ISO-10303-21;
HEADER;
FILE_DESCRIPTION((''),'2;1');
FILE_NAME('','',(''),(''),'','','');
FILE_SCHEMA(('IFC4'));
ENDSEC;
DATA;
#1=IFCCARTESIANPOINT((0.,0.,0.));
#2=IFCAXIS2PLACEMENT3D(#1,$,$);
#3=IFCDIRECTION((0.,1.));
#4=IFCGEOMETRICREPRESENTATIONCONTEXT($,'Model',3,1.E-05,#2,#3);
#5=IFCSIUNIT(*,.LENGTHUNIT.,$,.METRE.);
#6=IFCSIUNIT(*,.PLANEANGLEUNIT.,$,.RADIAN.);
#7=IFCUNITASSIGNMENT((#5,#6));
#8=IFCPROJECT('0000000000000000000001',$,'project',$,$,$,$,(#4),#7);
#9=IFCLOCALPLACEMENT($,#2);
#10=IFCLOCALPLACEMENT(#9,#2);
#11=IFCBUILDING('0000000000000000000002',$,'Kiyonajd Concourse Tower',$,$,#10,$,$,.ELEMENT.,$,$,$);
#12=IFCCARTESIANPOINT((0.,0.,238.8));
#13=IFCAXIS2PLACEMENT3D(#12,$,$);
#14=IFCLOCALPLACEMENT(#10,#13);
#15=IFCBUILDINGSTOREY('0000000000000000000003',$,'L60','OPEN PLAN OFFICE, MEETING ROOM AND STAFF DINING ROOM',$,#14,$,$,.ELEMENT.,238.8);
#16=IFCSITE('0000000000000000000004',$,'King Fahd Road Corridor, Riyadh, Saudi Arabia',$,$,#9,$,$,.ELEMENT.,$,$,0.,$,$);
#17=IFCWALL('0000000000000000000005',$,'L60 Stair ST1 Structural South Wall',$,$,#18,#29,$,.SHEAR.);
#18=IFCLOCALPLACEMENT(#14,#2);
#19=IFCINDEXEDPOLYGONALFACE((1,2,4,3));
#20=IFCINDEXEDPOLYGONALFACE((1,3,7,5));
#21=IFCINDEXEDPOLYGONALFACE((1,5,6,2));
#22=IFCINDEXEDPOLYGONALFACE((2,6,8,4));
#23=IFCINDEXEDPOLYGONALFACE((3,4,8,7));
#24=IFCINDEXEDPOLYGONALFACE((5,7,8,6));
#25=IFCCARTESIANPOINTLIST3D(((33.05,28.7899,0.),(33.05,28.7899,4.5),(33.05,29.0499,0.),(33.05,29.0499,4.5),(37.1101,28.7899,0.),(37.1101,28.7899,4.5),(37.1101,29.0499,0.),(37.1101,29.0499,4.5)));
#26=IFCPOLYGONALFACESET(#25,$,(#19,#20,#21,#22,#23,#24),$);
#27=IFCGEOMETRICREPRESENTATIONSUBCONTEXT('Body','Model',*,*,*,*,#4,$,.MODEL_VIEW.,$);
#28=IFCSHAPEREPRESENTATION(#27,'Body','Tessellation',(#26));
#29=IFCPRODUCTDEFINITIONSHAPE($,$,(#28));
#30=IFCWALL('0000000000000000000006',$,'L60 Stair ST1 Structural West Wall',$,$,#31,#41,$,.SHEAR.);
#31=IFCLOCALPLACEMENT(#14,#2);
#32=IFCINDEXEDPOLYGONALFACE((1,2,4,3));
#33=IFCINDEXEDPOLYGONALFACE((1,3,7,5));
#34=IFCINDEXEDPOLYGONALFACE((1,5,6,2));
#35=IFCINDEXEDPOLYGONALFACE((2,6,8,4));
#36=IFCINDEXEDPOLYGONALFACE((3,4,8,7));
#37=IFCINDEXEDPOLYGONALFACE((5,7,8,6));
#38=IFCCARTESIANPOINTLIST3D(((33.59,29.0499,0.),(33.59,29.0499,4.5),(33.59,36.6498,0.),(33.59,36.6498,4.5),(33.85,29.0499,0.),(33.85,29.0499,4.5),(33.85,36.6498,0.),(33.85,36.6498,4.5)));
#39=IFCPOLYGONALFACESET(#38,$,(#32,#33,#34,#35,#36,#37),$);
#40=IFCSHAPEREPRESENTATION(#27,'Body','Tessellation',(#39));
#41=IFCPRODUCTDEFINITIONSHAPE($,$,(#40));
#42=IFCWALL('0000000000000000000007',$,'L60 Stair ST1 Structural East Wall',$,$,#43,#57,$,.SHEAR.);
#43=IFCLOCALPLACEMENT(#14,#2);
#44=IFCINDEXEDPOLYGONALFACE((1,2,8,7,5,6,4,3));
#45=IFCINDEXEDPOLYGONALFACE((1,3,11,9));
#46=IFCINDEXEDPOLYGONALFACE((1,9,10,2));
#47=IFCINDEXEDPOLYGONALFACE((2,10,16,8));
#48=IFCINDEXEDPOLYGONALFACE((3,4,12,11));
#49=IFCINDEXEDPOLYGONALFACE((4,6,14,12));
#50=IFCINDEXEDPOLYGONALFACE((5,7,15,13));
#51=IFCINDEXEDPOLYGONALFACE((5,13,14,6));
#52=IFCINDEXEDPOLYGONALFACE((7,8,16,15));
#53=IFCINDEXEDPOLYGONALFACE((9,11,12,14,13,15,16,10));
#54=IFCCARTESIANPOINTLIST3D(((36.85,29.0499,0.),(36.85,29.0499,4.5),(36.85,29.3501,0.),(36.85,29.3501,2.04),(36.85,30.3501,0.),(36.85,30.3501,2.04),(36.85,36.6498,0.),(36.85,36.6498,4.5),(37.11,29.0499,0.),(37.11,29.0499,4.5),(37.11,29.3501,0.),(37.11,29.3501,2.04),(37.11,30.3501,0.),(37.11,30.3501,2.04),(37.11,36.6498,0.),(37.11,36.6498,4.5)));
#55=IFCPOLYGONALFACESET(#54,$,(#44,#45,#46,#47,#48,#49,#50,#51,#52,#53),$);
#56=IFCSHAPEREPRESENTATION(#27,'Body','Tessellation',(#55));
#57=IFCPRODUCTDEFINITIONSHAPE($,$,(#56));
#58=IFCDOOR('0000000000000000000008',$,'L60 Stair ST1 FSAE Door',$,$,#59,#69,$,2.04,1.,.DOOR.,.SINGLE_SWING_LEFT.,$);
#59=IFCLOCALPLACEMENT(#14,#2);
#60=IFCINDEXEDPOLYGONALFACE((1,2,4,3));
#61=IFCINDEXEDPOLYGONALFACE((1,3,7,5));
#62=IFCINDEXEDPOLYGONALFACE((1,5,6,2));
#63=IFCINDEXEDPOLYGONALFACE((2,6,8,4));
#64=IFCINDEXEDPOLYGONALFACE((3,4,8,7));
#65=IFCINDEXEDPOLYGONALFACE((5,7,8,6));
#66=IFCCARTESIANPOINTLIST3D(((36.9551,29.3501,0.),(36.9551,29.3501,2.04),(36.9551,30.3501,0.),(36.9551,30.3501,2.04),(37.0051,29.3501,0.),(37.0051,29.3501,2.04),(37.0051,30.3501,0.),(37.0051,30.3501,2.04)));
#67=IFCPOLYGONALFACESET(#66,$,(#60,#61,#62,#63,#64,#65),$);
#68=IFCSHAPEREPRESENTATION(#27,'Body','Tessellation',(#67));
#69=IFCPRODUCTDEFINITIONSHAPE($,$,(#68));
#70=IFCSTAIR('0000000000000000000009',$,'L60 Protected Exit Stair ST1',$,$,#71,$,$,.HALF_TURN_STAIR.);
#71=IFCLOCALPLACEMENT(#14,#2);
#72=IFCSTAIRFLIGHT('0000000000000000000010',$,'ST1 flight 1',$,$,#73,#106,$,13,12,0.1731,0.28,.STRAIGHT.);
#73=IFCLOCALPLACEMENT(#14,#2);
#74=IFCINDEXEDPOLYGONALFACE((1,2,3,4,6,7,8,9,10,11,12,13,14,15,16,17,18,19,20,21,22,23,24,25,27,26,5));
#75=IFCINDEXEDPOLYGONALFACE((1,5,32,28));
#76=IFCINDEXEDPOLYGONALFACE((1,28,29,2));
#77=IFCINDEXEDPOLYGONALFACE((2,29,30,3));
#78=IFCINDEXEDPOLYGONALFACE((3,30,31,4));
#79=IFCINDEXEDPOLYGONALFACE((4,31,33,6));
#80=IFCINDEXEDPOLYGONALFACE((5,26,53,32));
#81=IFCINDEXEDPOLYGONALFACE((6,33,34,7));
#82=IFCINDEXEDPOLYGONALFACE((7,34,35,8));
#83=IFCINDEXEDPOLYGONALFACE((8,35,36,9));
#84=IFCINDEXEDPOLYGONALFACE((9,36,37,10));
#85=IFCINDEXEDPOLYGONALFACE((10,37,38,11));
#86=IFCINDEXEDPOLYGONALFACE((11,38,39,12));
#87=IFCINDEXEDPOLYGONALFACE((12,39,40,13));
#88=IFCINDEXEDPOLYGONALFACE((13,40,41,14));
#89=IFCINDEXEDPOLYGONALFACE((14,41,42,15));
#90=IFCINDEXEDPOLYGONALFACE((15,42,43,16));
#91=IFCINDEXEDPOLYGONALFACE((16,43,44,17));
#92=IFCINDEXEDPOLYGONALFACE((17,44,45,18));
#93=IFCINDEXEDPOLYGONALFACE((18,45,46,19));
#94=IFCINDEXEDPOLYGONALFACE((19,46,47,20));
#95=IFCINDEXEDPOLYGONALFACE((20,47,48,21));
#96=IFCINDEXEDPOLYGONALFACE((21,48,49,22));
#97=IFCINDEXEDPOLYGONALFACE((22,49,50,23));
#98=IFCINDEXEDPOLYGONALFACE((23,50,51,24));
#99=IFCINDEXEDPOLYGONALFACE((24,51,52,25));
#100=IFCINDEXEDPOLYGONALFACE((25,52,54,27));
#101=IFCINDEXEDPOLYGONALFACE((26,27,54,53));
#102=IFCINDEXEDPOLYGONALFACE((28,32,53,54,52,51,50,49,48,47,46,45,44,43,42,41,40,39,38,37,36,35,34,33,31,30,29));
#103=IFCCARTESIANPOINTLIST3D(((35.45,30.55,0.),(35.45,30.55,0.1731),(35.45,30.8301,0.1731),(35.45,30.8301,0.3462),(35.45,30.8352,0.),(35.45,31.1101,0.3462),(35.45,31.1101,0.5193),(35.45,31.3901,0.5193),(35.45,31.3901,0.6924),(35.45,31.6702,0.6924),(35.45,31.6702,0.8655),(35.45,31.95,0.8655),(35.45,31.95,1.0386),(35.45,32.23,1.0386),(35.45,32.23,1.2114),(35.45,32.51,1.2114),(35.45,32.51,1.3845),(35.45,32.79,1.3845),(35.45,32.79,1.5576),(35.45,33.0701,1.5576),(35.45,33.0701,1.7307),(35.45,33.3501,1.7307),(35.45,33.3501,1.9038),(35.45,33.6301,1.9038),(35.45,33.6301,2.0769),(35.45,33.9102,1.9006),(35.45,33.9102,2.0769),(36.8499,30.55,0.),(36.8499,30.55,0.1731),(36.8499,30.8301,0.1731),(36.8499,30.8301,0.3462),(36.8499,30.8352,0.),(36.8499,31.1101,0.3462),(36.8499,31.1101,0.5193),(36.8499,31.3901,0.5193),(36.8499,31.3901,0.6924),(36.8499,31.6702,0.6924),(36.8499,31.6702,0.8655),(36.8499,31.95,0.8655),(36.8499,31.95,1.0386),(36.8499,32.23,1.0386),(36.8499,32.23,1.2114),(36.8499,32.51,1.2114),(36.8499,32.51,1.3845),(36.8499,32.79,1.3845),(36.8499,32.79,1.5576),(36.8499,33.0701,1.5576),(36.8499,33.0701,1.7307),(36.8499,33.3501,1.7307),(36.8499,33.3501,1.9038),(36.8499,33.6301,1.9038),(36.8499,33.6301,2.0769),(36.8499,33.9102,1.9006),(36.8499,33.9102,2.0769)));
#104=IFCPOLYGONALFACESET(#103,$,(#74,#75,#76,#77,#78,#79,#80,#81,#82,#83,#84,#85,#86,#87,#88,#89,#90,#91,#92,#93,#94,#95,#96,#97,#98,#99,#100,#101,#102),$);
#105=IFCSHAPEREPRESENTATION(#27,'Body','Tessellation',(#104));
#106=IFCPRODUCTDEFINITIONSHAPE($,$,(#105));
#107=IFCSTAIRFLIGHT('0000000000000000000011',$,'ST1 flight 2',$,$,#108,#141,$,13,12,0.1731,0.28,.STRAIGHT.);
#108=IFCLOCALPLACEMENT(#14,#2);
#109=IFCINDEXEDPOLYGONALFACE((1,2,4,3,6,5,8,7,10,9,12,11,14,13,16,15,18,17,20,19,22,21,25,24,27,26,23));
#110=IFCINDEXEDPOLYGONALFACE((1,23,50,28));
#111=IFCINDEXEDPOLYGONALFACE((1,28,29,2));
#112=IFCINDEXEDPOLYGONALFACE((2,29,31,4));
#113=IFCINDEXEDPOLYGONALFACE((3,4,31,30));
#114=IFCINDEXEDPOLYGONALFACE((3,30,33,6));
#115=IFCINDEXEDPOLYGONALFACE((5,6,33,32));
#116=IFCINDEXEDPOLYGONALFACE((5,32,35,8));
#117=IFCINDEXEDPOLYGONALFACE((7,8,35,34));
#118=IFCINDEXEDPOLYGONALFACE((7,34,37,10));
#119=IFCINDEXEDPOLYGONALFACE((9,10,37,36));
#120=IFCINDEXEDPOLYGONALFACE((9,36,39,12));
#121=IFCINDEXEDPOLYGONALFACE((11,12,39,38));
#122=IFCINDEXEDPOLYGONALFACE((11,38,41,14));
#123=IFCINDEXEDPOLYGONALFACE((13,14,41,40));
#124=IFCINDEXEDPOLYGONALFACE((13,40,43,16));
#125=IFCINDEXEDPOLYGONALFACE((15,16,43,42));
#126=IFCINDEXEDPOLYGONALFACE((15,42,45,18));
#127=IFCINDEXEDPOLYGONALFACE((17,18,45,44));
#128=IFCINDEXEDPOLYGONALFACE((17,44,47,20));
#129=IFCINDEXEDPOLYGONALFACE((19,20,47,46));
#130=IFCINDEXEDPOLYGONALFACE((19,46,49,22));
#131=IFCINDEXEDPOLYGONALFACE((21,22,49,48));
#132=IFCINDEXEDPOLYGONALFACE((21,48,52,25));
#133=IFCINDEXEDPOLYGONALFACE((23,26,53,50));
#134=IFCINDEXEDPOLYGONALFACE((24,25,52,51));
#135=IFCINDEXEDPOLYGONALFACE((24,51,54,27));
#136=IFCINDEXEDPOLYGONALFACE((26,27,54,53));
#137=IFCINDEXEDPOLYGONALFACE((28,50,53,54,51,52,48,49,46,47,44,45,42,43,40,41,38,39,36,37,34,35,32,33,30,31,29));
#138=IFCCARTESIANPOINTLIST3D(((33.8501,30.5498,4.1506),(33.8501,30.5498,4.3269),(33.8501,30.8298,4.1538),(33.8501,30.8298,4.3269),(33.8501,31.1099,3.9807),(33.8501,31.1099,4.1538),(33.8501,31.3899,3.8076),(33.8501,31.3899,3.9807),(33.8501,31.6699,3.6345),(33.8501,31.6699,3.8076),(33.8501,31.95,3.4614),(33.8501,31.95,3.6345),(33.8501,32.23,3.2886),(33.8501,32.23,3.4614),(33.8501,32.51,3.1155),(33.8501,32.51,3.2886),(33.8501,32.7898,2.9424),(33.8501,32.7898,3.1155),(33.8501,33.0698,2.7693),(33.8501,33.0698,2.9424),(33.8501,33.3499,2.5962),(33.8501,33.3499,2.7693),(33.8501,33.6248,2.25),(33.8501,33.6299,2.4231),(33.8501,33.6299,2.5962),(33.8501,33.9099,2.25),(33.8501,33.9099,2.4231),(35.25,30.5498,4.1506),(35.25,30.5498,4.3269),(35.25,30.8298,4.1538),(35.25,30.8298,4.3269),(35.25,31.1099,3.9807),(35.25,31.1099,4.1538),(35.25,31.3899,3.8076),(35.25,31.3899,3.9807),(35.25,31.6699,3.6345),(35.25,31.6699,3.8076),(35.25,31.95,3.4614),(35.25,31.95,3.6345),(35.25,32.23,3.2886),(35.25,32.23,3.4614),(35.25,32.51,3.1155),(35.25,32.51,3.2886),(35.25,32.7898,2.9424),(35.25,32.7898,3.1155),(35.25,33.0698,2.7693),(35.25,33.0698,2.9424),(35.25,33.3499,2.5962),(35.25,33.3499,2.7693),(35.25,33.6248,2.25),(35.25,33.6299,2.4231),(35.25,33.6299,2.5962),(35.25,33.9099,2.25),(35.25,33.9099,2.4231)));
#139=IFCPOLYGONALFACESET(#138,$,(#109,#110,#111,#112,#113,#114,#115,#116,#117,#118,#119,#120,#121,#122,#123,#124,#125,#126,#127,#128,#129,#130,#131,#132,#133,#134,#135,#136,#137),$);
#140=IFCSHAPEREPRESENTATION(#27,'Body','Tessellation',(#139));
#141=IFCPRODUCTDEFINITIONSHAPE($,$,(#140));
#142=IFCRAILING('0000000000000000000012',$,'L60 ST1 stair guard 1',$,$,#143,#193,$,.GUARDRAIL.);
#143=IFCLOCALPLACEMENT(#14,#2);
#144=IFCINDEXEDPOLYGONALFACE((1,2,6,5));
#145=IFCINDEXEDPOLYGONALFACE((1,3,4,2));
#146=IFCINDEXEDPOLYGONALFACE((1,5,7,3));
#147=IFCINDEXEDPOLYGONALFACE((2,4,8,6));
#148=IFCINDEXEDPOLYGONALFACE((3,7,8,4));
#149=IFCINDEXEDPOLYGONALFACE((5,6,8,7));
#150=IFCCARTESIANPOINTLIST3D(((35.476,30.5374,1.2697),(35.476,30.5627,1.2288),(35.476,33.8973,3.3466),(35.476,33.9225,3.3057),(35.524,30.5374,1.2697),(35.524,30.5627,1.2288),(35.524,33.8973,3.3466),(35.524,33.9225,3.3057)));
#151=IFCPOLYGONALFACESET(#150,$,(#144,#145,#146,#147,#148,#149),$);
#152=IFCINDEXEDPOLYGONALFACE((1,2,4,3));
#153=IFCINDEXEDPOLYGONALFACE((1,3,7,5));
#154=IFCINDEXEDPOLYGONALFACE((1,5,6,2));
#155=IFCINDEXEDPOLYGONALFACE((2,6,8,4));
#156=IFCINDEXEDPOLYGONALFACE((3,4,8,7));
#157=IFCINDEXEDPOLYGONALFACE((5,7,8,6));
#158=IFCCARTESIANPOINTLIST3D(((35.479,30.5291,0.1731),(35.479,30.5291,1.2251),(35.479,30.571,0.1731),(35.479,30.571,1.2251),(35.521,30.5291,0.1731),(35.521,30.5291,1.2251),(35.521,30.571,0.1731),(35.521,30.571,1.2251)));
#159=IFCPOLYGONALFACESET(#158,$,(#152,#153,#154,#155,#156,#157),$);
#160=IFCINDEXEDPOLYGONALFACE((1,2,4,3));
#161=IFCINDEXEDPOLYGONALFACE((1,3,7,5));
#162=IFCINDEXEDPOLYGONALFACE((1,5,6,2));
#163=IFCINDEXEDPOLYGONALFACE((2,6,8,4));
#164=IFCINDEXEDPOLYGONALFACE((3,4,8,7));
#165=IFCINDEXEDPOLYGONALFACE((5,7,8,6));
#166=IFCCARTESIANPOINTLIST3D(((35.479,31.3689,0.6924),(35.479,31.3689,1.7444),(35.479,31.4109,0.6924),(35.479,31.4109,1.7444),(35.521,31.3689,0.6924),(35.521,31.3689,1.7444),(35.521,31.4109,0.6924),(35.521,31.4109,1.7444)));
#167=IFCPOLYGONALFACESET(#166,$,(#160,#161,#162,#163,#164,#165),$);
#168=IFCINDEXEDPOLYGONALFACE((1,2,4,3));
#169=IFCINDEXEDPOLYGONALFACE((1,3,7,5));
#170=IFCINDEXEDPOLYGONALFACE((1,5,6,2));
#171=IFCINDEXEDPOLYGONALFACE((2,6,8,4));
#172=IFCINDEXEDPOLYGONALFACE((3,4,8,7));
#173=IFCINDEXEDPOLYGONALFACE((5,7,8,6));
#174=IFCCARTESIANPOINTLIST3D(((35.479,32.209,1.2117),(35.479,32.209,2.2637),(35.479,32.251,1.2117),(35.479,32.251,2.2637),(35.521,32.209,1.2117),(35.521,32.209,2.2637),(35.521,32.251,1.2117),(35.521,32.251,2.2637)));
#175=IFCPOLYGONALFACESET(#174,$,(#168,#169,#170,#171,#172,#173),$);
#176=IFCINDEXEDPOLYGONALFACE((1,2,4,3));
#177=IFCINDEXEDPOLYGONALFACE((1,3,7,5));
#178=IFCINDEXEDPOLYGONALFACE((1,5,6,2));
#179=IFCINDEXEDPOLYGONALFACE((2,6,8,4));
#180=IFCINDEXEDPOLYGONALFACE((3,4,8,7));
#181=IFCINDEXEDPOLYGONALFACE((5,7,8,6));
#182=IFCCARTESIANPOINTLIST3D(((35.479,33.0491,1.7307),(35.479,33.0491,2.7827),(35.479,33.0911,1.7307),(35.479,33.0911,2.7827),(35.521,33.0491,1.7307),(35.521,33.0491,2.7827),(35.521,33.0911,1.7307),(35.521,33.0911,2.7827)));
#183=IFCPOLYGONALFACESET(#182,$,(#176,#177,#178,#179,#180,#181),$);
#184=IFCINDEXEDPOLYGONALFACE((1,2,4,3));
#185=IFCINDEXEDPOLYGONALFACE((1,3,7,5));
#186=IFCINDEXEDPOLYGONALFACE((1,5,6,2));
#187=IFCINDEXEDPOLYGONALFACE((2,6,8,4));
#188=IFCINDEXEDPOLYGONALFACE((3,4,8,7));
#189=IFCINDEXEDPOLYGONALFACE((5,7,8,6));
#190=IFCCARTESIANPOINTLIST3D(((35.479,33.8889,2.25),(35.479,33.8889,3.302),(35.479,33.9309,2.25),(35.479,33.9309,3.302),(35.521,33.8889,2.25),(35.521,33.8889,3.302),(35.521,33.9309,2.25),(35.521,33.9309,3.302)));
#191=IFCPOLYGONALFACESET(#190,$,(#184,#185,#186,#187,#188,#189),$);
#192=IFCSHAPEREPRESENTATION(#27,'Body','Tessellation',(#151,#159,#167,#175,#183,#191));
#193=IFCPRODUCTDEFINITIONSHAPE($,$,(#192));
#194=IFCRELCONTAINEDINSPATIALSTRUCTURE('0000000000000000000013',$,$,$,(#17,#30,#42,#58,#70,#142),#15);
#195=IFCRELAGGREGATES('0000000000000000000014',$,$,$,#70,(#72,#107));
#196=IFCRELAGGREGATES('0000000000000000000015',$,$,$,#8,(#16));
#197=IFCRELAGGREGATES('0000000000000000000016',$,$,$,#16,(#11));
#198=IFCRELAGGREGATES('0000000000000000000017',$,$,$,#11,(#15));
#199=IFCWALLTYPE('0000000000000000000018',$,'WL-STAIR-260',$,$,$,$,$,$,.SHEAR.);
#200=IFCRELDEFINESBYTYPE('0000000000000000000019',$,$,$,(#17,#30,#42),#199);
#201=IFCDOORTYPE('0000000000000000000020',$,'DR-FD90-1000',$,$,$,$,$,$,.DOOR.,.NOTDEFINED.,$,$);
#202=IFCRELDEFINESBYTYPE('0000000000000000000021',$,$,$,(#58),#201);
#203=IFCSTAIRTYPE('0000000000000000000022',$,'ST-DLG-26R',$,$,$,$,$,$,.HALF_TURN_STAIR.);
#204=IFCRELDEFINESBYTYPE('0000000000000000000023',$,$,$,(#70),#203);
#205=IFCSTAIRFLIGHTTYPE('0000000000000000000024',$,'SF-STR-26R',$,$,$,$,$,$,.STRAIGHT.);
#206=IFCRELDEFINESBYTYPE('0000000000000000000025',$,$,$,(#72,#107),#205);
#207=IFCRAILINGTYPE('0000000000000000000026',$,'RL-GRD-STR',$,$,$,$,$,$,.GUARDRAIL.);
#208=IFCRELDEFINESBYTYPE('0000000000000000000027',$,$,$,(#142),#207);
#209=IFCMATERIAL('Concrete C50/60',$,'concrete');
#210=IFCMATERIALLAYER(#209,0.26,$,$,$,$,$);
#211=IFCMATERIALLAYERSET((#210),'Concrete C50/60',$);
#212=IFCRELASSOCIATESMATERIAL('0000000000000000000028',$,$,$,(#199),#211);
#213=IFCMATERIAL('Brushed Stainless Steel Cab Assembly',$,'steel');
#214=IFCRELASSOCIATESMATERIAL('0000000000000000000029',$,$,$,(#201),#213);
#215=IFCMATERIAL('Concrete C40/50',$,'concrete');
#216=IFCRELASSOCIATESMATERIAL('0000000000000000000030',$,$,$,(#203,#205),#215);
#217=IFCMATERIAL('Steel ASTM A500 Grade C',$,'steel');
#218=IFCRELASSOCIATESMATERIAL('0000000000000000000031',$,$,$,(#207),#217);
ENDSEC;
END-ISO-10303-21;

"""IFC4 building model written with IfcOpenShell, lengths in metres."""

from ifc_helpers import new_model, si_unit, direction, frame, frame_2d, origin, origin_2d, place, context, subcontext, project, spatial, polyline, rectangle, outline, extrude, material, layer, layer_set, type_object, element, fill, aggregate, save


model = new_model("IFC4")

# Units and contexts
model_context = context("Model", 3, precision=1e-05, world=origin(), true_north=direction((0.0, 1.0)))
body_context = subcontext(model_context, "Body", "Model", "MODEL_VIEW")
ifc_project = project(units=[si_unit("LENGTHUNIT", "METRE"), si_unit("PLANEANGLEUNIT", "RADIAN")], contexts=[model_context])

# Site, building, storey
site_placement = place(None, origin())
site = spatial("IfcSite", under=ifc_project, at=site_placement, Name="King Fahd Road Corridor, Riyadh, Saudi Arabia", CompositionType="ELEMENT", RefElevation=0.0)
building_placement = place(site_placement, origin())
building = spatial("IfcBuilding", under=site, at=building_placement, Name="Kiyonajd Concourse Tower", CompositionType="ELEMENT")
storey_placement = place(building_placement, frame((0.0, 0.0, 238.8)))
storey = spatial("IfcBuildingStorey", under=building, at=storey_placement, Name="L60", Description="OPEN PLAN OFFICE, MEETING ROOM AND STAFF DINING ROOM", CompositionType="ELEMENT", Elevation=238.8)

# Shared definitions
ifc_material_1 = material(Name="Concrete C50/60", Category="concrete")

# Shared definitions
ifc_material_2 = material(Name="Brushed Stainless Steel Cab Assembly", Category="steel")

# Walls
ifc_layer_1 = layer(ifc_material_1, 0.26)
ifc_layer_set_1 = layer_set([ifc_layer_1], Name="Concrete C50/60")
wall_type_1 = type_object("IfcWallType", Name="WL-STAIR-260", PredefinedType="SHEAR", material=ifc_layer_set_1)
wall_1_placement = place(storey_placement, frame((33.05, 28.9199, 0.0), z_axis=(0.0, 0.0, 1.0), x_axis=(1.0, 0.0, 0.0)))
element("IfcWall", 1, at=wall_1_placement, inside=storey, type_object=wall_type_1, Name="L60 Stair ST1 Structural South Wall", PredefinedType="SHEAR", context=body_context, shape_type="SweptSolid", body=[
    extrude(rectangle(XDim=4.0601, YDim=0.26, at=frame_2d((2.03, 0.0))), origin(), (0.0, 0.0, 1.0), 4.5),
])
wall_2_placement = place(storey_placement, frame((33.72, 29.05, 0.0), z_axis=(0.0, 0.0, 1.0), x_axis=(0.0, 1.0, 0.0)))
element("IfcWall", 2, at=wall_2_placement, inside=storey, type_object=wall_type_1, Name="L60 Stair ST1 Structural West Wall", PredefinedType="SHEAR", context=body_context, shape_type="SweptSolid", body=[
    extrude(rectangle(XDim=7.5999, YDim=0.26, at=frame_2d((3.7998, 0.0))), origin(), (0.0, 0.0, 1.0), 4.5),
])

# Wall, opening, door
wall_3_placement = place(storey_placement, frame((36.98, 29.05, 0.0), z_axis=(0.0, 0.0, 1.0), x_axis=(0.0, 1.0, 0.0)))
wall_3 = element("IfcWall", 3, at=wall_3_placement, inside=storey, type_object=wall_type_1, Name="L60 Stair ST1 Structural East Wall", PredefinedType="SHEAR", context=body_context, shape_type="SweptSolid", body=[
    extrude(rectangle(XDim=7.5999, YDim=0.26, at=frame_2d((3.7998, 0.0))), origin(), (0.0, 0.0, 1.0), 4.5),
])
opening_1_placement = place(wall_3_placement, frame((0.3, 0.0, 0.0)))
opening_1 = element("IfcOpeningElement", 4, at=opening_1_placement, cuts=wall_3, PredefinedType="OPENING", context=body_context, shape_type="SweptSolid", body=[
    extrude(rectangle(XDim=1.0, YDim=2.04, at=frame_2d((0.5, 1.02))), frame((0.0, 0.1399, 0.0), z_axis=(0.0, -1.0, 0.0), x_axis=(1.0, 0.0, 0.0)), (0.0, 0.0, 1.0), 0.28),
])
door_type_1 = type_object("IfcDoorType", Name="DR-FD90-1000", OperationType="NOTDEFINED", PredefinedType="DOOR", material=ifc_material_2)
door_1_placement = place(opening_1_placement, origin())
door_1 = element("IfcDoor", 5, at=door_1_placement, inside=storey, type_object=door_type_1, Name="L60 Stair ST1 FSAE Door", OperationType="SINGLE_SWING_LEFT", OverallHeight=2.04, OverallWidth=1.0, PredefinedType="DOOR", context=body_context, shape_type="SweptSolid", body=[
    extrude(rectangle(XDim=1.0, YDim=2.04, at=frame_2d((0.5, 1.02))), frame((0.0, 0.0249, 0.0), z_axis=(0.0, -1.0, 0.0), x_axis=(1.0, 0.0, 0.0)), (0.0, 0.0, 1.0), 0.05),
])
fill(opening_1, door_1)

# Stair, stair flights
ifc_material_3 = material(Name="Concrete C40/50", Category="concrete")
stair_type = type_object("IfcStairType", Name="ST-DLG-26R", PredefinedType="HALF_TURN_STAIR", material=ifc_material_3)
stair_placement = place(storey_placement, origin())
stair = element("IfcStair", 6, at=stair_placement, inside=storey, type_object=stair_type, Name="L60 Protected Exit Stair ST1", PredefinedType="HALF_TURN_STAIR")
stair_flight_type = type_object("IfcStairFlightType", Name="SF-STR-26R", PredefinedType="STRAIGHT", material=ifc_material_3)
stair_flight_1_placement = place(storey_placement, frame((36.1499, 30.55, 0.0), z_axis=(0.0, 0.0, 1.0), x_axis=(0.0, 1.0, 0.0)))
stair_flight_1 = element("IfcStairFlight", 7, at=stair_flight_1_placement, type_object=stair_flight_type, Name="ST1 flight 1", NumberOfRisers=13, NumberOfTreads=12, PredefinedType="STRAIGHT", RiserHeight=0.1731, TreadLength=0.28, context=body_context, shape_type="SweptSolid", body=[
    extrude(outline(polyline([(0.0, 0.0), (0.0, 0.1731), (0.28, 0.1731), (0.28, 0.3462), (0.5601, 0.3462), (0.5601, 0.5193), (0.8401, 0.5193), (0.8401, 0.6924), (1.1201, 0.6924), (1.1201, 0.8655), (1.3999, 0.8655), (1.3999, 1.0386), (1.6799, 1.0386), (1.6799, 1.2114), (1.96, 1.2114), (1.96, 1.3845), (2.24, 1.3845), (2.24, 1.5576), (2.52, 1.5576), (2.52, 1.7307), (2.8, 1.7307), (2.8, 1.9038), (3.0801, 1.9038), (3.0801, 2.0769), (3.3601, 2.0769), (3.3601, 2.25), (3.3601, 1.9006), (0.2852, 0.0), (0.0, 0.0)])), frame((0.0, 0.7, 0.0), z_axis=(0.0, -1.0, 0.0), x_axis=(1.0, 0.0, 0.0)), (0.0, 0.0, 1.0), 1.3999),
])
stair_flight_2_placement = place(storey_placement, frame((34.55, 33.9099, 2.25), z_axis=(0.0, 0.0, 1.0), x_axis=(0.0, -1.0, 0.0)))
stair_flight_2 = element("IfcStairFlight", 8, at=stair_flight_2_placement, type_object=stair_flight_type, Name="ST1 flight 2", NumberOfRisers=13, NumberOfTreads=12, PredefinedType="STRAIGHT", RiserHeight=0.1731, TreadLength=0.28, context=body_context, shape_type="SweptSolid", body=[
    extrude(outline(polyline([(0.0, 0.0), (0.0, 0.1731), (0.28, 0.1731), (0.28, 0.3462), (0.5601, 0.3462), (0.5601, 0.5193), (0.8401, 0.5193), (0.8401, 0.6924), (1.1201, 0.6924), (1.1201, 0.8655), (1.3999, 0.8655), (1.3999, 1.0386), (1.6799, 1.0386), (1.6799, 1.2114), (1.96, 1.2114), (1.96, 1.3845), (2.24, 1.3845), (2.24, 1.5576), (2.52, 1.5576), (2.52, 1.7307), (2.8, 1.7307), (2.8, 1.9038), (3.0801, 1.9038), (3.0801, 2.0769), (3.3601, 2.0769), (3.3601, 2.25), (3.3601, 1.9006), (0.2852, 0.0), (0.0, 0.0)])), frame((0.0, 0.7, 0.0), z_axis=(0.0, -1.0, 0.0), x_axis=(1.0, 0.0, 0.0)), (0.0, 0.0, 1.0), 1.3999),
])
aggregate(stair, [stair_flight_1, stair_flight_2])

# Railing
ifc_material_4 = material(Name="Steel ASTM A500 Grade C", Category="steel")
railing_type_1 = type_object("IfcRailingType", Name="RL-GRD-STR", PredefinedType="GUARDRAIL", material=ifc_material_4)
railing_1_placement = place(storey_placement, frame((35.5, 30.55, 0.1731)))
element("IfcRailing", 9, at=railing_1_placement, inside=storey, type_object=railing_type_1, Name="L60 ST1 stair guard 1", PredefinedType="GUARDRAIL", context=body_context, shape_type="SweptSolid", body=[
    extrude(rectangle(XDim=0.0481, YDim=0.0481, at=origin_2d()), frame((0.0, 0.0, 1.0762), z_axis=(0.0, 0.850606, 0.525803), x_axis=(-1.0, 0.0, 0.0)), (0.0, 0.0, 1.0), 3.95),
    extrude(rectangle(XDim=0.042, YDim=0.042, at=origin_2d()), origin(), (0.0, 0.0, 1.0), 1.052),
    extrude(rectangle(XDim=0.042, YDim=0.042, at=origin_2d()), frame((0.0, 0.8398, 0.5193)), (0.0, 0.0, 1.0), 1.052),
    extrude(rectangle(XDim=0.042, YDim=0.042, at=origin_2d()), frame((0.0, 1.6799, 1.0386)), (0.0, 0.0, 1.0), 1.052),
    extrude(rectangle(XDim=0.042, YDim=0.042, at=origin_2d()), frame((0.0, 2.52, 1.5576)), (0.0, 0.0, 1.0), 1.052),
    extrude(rectangle(XDim=0.042, YDim=0.042, at=origin_2d()), frame((0.0, 3.3599, 2.0769)), (0.0, 0.0, 1.0), 1.052),
])

save(model, "model.ifc")
